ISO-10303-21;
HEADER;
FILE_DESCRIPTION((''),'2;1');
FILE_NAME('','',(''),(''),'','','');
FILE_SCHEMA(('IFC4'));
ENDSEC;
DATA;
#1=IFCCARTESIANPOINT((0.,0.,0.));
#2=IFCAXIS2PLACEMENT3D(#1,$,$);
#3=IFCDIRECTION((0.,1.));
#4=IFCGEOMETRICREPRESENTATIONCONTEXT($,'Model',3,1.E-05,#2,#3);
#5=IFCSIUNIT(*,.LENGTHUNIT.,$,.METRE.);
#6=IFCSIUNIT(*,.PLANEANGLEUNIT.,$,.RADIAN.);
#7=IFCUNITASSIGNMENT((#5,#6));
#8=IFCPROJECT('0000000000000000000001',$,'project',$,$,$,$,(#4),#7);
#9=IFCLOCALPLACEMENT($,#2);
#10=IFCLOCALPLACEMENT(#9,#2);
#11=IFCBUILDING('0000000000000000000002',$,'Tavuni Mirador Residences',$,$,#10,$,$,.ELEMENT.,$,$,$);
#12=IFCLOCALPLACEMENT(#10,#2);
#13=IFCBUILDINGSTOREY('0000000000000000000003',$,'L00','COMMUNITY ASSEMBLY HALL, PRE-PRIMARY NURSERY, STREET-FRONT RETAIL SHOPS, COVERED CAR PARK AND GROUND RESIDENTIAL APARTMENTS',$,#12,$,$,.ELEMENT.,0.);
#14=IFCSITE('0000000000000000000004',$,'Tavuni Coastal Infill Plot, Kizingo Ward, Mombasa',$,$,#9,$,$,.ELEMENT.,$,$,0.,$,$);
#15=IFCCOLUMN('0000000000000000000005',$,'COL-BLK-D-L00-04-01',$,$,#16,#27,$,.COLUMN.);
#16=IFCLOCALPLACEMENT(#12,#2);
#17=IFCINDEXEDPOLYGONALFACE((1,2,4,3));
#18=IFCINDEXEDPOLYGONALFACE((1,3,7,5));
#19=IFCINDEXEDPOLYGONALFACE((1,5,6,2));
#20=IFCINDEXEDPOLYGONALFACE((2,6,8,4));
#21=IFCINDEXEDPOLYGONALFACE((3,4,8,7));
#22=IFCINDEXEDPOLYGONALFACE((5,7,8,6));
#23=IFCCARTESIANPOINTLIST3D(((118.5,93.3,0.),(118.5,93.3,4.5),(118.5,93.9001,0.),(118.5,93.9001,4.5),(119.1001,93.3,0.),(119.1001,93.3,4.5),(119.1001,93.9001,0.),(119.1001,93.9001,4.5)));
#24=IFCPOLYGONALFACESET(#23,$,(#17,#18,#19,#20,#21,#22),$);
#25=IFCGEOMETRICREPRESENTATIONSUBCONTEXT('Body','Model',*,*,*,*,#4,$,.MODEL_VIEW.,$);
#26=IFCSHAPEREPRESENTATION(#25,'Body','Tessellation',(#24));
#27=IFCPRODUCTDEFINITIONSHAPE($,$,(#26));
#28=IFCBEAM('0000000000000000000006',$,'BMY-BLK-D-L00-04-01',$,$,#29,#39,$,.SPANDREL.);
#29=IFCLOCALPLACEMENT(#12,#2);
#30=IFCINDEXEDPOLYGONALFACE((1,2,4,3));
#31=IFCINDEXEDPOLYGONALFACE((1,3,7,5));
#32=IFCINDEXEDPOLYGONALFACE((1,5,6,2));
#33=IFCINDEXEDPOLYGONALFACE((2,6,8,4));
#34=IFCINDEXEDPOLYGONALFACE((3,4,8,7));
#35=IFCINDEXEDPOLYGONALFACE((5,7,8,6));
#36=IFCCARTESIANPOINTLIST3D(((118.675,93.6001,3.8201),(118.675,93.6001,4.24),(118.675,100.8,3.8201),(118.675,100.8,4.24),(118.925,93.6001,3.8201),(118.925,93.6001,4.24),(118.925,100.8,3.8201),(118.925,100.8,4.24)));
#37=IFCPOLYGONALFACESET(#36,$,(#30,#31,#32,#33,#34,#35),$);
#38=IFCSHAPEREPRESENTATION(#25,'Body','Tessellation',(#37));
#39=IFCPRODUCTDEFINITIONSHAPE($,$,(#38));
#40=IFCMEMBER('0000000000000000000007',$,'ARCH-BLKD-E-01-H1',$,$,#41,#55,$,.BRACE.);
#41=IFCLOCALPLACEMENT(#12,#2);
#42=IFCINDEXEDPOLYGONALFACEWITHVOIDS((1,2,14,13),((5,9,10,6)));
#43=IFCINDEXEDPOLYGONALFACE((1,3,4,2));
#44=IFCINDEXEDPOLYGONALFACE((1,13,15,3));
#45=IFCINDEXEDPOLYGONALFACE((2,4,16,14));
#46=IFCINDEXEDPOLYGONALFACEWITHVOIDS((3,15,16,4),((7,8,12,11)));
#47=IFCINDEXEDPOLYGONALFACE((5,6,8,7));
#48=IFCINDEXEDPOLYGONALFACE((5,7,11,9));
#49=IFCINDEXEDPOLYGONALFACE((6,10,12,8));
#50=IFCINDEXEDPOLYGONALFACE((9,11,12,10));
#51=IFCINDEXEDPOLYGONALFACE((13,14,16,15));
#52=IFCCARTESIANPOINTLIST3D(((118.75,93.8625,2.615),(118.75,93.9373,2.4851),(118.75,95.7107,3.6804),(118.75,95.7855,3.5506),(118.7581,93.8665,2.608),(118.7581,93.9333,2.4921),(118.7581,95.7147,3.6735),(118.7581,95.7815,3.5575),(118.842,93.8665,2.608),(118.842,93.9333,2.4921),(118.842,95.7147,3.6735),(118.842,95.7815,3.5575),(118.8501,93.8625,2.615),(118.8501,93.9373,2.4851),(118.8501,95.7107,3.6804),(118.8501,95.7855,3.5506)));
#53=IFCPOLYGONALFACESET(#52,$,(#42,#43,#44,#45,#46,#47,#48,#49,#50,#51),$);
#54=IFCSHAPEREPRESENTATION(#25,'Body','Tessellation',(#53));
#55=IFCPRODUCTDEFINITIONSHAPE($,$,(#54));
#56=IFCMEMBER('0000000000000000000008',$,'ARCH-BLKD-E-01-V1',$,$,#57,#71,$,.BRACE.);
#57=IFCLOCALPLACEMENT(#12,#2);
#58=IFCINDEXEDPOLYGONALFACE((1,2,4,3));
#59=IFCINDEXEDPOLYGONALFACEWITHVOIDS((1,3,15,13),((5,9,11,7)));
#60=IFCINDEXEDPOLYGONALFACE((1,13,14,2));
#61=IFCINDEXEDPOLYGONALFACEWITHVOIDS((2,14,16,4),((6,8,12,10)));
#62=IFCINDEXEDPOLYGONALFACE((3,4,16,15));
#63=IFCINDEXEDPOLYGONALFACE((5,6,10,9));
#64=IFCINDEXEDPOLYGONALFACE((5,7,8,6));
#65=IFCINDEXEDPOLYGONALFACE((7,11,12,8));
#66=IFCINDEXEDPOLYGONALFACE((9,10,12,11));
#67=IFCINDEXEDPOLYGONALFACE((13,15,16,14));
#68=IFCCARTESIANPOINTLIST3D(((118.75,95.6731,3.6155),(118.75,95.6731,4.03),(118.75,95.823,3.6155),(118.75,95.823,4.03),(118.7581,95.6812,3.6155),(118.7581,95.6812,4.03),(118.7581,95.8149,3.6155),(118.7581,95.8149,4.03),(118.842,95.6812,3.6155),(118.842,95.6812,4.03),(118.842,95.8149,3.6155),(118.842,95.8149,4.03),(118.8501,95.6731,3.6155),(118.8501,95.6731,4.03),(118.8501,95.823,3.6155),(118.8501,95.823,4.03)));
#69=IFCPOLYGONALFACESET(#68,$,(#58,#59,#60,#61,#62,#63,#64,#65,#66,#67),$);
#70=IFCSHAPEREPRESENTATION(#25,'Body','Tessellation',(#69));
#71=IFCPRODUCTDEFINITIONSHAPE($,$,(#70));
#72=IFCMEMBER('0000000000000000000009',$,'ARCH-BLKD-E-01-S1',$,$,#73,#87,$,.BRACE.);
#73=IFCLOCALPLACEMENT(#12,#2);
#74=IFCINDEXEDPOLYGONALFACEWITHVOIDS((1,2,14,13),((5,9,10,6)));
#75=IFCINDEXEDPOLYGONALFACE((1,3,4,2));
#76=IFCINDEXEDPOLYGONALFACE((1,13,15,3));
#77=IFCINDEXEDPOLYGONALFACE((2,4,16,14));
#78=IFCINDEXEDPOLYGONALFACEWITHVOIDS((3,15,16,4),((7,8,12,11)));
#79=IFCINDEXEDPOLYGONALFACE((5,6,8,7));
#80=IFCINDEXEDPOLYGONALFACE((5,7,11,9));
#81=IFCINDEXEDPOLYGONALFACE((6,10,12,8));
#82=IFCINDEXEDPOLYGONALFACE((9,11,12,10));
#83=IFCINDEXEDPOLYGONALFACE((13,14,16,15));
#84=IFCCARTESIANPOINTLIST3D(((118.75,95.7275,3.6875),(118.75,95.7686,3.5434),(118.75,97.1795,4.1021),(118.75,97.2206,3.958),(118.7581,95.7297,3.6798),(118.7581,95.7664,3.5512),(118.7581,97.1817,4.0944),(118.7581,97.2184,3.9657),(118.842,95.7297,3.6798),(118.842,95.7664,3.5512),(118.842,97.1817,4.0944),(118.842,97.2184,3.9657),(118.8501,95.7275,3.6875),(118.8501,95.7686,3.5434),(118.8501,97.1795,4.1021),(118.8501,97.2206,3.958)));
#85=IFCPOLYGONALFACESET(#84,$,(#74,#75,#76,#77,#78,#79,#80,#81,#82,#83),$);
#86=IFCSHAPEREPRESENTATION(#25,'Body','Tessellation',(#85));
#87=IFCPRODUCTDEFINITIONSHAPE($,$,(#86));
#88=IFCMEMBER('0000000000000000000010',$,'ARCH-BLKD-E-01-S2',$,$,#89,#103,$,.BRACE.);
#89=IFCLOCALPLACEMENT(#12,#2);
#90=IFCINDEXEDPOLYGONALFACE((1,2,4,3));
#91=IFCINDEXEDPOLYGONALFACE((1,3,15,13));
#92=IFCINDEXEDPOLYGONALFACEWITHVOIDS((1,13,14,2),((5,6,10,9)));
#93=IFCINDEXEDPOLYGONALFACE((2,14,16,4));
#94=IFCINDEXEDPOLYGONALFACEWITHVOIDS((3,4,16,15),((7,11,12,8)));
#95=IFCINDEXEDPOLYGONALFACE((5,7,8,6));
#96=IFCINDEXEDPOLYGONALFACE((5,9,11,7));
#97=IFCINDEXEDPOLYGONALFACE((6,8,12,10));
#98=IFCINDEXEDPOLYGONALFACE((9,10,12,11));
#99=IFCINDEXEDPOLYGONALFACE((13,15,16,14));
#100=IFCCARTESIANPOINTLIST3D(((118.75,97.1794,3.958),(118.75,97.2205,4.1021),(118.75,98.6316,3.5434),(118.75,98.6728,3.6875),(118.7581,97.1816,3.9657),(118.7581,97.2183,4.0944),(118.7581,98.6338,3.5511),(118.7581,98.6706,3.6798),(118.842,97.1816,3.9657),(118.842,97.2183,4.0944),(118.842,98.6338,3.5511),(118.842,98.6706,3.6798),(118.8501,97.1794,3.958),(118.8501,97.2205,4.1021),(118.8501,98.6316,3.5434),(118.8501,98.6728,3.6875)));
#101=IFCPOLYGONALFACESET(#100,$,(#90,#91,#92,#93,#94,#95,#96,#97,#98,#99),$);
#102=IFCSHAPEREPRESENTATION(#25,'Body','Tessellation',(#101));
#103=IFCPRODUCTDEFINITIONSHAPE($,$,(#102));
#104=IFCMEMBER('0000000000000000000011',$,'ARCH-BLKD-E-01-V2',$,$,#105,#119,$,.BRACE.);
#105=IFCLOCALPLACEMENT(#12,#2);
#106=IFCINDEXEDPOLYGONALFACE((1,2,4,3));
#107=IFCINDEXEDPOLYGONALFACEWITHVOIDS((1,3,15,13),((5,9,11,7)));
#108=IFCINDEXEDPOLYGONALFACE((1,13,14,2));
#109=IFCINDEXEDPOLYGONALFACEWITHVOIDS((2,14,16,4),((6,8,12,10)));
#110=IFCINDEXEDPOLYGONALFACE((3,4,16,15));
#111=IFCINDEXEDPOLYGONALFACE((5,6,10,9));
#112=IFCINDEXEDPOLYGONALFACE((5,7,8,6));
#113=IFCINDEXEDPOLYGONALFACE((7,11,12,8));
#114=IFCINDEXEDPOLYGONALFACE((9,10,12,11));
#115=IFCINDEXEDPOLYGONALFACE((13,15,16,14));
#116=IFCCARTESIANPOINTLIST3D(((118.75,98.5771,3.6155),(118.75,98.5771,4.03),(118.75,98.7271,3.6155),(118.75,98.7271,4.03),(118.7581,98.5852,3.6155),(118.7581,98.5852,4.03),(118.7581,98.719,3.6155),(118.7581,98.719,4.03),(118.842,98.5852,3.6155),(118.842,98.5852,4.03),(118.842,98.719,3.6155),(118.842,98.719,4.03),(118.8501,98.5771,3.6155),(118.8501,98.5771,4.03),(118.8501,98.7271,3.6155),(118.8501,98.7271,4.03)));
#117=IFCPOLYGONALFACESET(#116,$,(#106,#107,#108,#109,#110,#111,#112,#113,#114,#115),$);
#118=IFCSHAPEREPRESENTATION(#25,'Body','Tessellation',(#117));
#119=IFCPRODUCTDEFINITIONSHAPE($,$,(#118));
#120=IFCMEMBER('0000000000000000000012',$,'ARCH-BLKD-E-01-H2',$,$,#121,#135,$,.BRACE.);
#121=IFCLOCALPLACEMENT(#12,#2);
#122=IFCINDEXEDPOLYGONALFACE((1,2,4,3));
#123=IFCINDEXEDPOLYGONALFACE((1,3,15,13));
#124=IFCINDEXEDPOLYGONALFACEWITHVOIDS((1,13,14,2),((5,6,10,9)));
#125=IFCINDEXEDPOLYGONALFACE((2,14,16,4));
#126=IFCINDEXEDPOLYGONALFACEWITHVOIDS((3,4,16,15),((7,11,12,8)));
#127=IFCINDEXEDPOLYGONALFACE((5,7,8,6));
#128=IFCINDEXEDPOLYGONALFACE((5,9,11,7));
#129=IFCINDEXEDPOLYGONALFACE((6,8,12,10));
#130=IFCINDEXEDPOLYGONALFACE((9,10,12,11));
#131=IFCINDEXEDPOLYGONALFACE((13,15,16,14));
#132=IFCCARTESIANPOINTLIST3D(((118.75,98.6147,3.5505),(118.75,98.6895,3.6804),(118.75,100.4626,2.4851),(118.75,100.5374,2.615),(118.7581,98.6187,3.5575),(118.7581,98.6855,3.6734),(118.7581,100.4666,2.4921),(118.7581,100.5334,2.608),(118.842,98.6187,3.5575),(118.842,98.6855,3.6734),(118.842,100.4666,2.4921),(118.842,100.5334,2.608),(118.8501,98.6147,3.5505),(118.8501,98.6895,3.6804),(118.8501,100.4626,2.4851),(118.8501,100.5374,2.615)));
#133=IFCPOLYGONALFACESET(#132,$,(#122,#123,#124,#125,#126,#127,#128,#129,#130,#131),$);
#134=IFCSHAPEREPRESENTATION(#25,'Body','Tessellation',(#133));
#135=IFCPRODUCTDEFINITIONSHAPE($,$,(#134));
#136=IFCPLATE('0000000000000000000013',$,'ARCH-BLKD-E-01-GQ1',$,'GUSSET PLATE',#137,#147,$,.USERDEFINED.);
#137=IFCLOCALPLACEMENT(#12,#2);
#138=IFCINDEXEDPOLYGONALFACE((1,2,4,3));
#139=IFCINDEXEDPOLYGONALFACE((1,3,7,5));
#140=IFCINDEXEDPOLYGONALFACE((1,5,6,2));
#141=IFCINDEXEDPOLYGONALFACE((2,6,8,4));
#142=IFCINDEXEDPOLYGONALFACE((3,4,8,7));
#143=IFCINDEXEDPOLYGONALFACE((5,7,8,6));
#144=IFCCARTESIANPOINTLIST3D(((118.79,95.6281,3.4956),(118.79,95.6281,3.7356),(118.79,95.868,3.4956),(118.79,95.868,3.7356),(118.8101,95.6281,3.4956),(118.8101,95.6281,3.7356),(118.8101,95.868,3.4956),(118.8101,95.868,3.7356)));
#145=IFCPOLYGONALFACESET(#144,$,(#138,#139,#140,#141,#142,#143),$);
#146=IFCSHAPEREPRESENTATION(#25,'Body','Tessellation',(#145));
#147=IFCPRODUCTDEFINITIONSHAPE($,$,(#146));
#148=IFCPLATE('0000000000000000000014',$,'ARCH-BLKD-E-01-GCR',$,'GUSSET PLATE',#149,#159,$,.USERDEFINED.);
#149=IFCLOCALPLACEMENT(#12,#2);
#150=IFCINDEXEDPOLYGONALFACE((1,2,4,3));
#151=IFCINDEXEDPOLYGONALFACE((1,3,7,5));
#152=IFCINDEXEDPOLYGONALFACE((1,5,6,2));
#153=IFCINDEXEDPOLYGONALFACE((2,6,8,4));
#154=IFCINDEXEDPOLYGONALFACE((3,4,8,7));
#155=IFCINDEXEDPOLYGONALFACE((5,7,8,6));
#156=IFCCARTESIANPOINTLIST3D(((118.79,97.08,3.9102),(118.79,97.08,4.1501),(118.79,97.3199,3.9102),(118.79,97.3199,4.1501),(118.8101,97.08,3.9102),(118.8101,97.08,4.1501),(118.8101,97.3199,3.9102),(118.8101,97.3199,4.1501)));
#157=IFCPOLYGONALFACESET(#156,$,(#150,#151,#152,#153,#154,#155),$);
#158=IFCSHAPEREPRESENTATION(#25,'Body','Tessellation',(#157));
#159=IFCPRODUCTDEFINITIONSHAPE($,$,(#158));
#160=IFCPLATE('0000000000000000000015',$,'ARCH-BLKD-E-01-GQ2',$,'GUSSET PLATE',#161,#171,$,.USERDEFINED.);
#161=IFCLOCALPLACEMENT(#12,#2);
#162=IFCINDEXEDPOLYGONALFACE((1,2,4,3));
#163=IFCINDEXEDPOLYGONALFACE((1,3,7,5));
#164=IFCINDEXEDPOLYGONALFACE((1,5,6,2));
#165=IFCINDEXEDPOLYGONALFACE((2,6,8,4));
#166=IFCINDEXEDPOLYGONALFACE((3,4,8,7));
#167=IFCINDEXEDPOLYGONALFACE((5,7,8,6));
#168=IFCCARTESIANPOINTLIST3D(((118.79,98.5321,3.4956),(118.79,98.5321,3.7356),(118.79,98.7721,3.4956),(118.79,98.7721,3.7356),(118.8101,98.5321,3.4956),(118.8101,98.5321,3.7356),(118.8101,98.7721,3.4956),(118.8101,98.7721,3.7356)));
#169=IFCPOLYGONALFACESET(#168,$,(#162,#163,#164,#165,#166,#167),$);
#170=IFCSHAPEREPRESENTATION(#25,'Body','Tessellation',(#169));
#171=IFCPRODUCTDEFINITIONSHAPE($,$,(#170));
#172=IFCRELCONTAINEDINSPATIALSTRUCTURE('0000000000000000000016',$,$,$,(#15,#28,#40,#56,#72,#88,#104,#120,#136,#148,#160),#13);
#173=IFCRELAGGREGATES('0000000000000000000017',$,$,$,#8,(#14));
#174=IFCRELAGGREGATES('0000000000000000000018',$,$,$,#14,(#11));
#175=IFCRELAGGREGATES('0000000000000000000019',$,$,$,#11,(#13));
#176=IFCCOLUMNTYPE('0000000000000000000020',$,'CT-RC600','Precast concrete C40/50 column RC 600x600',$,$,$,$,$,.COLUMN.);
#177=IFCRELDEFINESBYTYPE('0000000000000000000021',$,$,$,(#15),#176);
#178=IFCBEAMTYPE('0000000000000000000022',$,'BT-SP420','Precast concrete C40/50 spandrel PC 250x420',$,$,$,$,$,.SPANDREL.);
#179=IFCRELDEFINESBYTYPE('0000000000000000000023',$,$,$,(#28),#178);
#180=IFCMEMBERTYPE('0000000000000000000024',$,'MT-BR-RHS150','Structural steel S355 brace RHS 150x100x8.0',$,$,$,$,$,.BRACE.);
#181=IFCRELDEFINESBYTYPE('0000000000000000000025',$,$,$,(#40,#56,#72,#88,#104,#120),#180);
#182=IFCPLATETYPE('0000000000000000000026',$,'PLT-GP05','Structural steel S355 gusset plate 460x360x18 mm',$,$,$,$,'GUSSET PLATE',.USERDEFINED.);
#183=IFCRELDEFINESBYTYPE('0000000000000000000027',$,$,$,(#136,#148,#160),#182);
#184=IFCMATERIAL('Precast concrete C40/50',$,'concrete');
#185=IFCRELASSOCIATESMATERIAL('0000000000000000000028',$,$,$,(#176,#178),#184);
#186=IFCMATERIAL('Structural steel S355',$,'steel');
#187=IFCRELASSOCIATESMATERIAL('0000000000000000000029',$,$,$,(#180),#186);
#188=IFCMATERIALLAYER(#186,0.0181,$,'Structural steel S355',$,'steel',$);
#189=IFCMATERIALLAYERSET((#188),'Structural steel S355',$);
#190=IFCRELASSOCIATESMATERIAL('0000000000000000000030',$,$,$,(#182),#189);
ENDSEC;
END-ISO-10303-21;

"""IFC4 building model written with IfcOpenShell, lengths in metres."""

from ifc_helpers import new_model, si_unit, direction, frame, origin, origin_2d, place, context, subcontext, project, spatial, rectangle, hollow_rectangle, extrude, material, layer, layer_set, material_profile, profile_set, type_object, element, save


model = new_model("IFC4")

# Units and contexts
model_context = context("Model", 3, precision=1e-05, world=origin(), true_north=direction((0.0, 1.0)))
body_context = subcontext(model_context, "Body", "Model", "MODEL_VIEW")
ifc_project = project(units=[si_unit("LENGTHUNIT", "METRE"), si_unit("PLANEANGLEUNIT", "RADIAN")], contexts=[model_context])

# Site, building, storey
site_placement = place(None, origin())
site = spatial("IfcSite", under=ifc_project, at=site_placement, Name="Tavuni Coastal Infill Plot, Kizingo Ward, Mombasa", CompositionType="ELEMENT", RefElevation=0.0)
building_placement = place(site_placement, origin())
building = spatial("IfcBuilding", under=site, at=building_placement, Name="Tavuni Mirador Residences", CompositionType="ELEMENT")
storey_placement = place(building_placement, origin())
storey = spatial("IfcBuildingStorey", under=building, at=storey_placement, Name="L00", Description="COMMUNITY ASSEMBLY HALL, PRE-PRIMARY NURSERY, STREET-FRONT RETAIL SHOPS, COVERED CAR PARK AND GROUND RESIDENTIAL APARTMENTS", CompositionType="ELEMENT", Elevation=0.0)

# Column
ifc_material_1 = material(Name="Precast concrete C40/50", Category="concrete")
ifc_material_profile_1 = material_profile(ifc_material_1, rectangle(XDim=0.6001, YDim=0.6001, at=origin_2d()), Name="RC 600x600", Category="concrete")
ifc_profile_set_1 = profile_set([ifc_material_profile_1], Name="Precast concrete C40/50")
column_type = type_object("IfcColumnType", Name="CT-RC600", Description="Precast concrete C40/50 column RC 600x600", PredefinedType="COLUMN", material=ifc_profile_set_1)
column_placement = place(storey_placement, frame((118.8, 93.6001, 0.0), z_axis=(0.0, 0.0, 1.0), x_axis=(1.0, 0.0, 0.0)))
element("IfcColumn", 1, at=column_placement, inside=storey, type_object=column_type, Name="COL-BLK-D-L00-04-01", PredefinedType="COLUMN", context=body_context, shape_type="SweptSolid", body=[
    extrude(rectangle(XDim=0.6001, YDim=0.6001, at=origin_2d()), origin(), (0.0, 0.0, 1.0), 4.5),
])

# Beam
ifc_material_profile_2 = material_profile(ifc_material_1, rectangle(XDim=0.25, YDim=0.4199, at=origin_2d()), Name="PC 250x420", Category="concrete")
ifc_profile_set_2 = profile_set([ifc_material_profile_2], Name="Precast concrete C40/50")
beam_type = type_object("IfcBeamType", Name="BT-SP420", Description="Precast concrete C40/50 spandrel PC 250x420", PredefinedType="SPANDREL", material=ifc_profile_set_2)
beam_placement = place(storey_placement, frame((118.8, 93.6001, 4.03), z_axis=(0.0, 1.0, 0.0), x_axis=(-1.0, 0.0, 0.0)))
element("IfcBeam", 2, at=beam_placement, inside=storey, type_object=beam_type, Name="BMY-BLK-D-L00-04-01", PredefinedType="SPANDREL", context=body_context, shape_type="SweptSolid", body=[
    extrude(rectangle(XDim=0.25, YDim=0.4199, at=origin_2d()), origin(), (0.0, 0.0, 1.0), 7.2),
])

# Members
ifc_material_2 = material(Name="Structural steel S355", Category="steel")
ifc_material_profile_3 = material_profile(ifc_material_2, hollow_rectangle(XDim=0.1001, YDim=0.1499, WallThickness=0.0081, at=origin_2d()), Name="RHS 150x100x8.0", Category="steel")
ifc_profile_set_3 = profile_set([ifc_material_profile_3], Name="Structural steel S355")
member_type = type_object("IfcMemberType", Name="MT-BR-RHS150", Description="Structural steel S355 brace RHS 150x100x8.0", PredefinedType="BRACE", material=ifc_profile_set_3)
member_1_placement = place(storey_placement, frame((118.8, 93.8999, 2.55), z_axis=(0.0, 0.866349, 0.499438), x_axis=(-1.0, 0.0, 0.0)))
element("IfcMember", 3, at=member_1_placement, inside=storey, type_object=member_type, Name="ARCH-BLKD-E-01-H1", PredefinedType="BRACE", context=body_context, shape_type="SweptSolid", body=[
    extrude(hollow_rectangle(XDim=0.1001, YDim=0.1499, WallThickness=0.0081, at=origin_2d()), origin(), (0.0, 0.0, 1.0), 2.1333),
])
member_2_placement = place(storey_placement, frame((118.8, 95.748, 3.6155), z_axis=(0.0, 0.0, 1.0), x_axis=(1.0, 0.0, 0.0)))
element("IfcMember", 4, at=member_2_placement, inside=storey, type_object=member_type, Name="ARCH-BLKD-E-01-V1", PredefinedType="BRACE", context=body_context, shape_type="SweptSolid", body=[
    extrude(hollow_rectangle(XDim=0.1001, YDim=0.1499, WallThickness=0.0081, at=origin_2d()), origin(), (0.0, 0.0, 1.0), 0.4146),
])
member_3_placement = place(storey_placement, frame((118.8, 95.748, 3.6155), z_axis=(0.0, 0.961573, 0.27455), x_axis=(-1.0, 0.0, 0.0)))
element("IfcMember", 5, at=member_3_placement, inside=storey, type_object=member_type, Name="ARCH-BLKD-E-01-S1", PredefinedType="BRACE", context=body_context, shape_type="SweptSolid", body=[
    extrude(hollow_rectangle(XDim=0.1001, YDim=0.1499, WallThickness=0.0081, at=origin_2d()), origin(), (0.0, 0.0, 1.0), 1.51),
])
member_4_placement = place(storey_placement, frame((118.8, 97.2, 4.03), z_axis=(0.0, 0.961585, -0.274508), x_axis=(-1.0, 0.0, 0.0)))
element("IfcMember", 6, at=member_4_placement, inside=storey, type_object=member_type, Name="ARCH-BLKD-E-01-S2", PredefinedType="BRACE", context=body_context, shape_type="SweptSolid", body=[
    extrude(hollow_rectangle(XDim=0.1001, YDim=0.1499, WallThickness=0.0081, at=origin_2d()), origin(), (0.0, 0.0, 1.0), 1.5103),
])
member_5_placement = place(storey_placement, frame((118.8, 98.6521, 3.6155), z_axis=(0.0, 0.0, 1.0), x_axis=(1.0, 0.0, 0.0)))
element("IfcMember", 7, at=member_5_placement, inside=storey, type_object=member_type, Name="ARCH-BLKD-E-01-V2", PredefinedType="BRACE", context=body_context, shape_type="SweptSolid", body=[
    extrude(hollow_rectangle(XDim=0.1001, YDim=0.1499, WallThickness=0.0081, at=origin_2d()), origin(), (0.0, 0.0, 1.0), 0.4146),
])
member_6_placement = place(storey_placement, frame((118.8, 98.6521, 3.6155), z_axis=(0.0, 0.866321, -0.499488), x_axis=(-1.0, 0.0, 0.0)))
element("IfcMember", 8, at=member_6_placement, inside=storey, type_object=member_type, Name="ARCH-BLKD-E-01-H2", PredefinedType="BRACE", context=body_context, shape_type="SweptSolid", body=[
    extrude(hollow_rectangle(XDim=0.1001, YDim=0.1499, WallThickness=0.0081, at=origin_2d()), origin(), (0.0, 0.0, 1.0), 2.1331),
])

# Plates
ifc_layer_1 = layer(ifc_material_2, 0.0181, Name="Structural steel S355", Category="steel")
ifc_layer_set_1 = layer_set([ifc_layer_1], Name="Structural steel S355")
plate_type = type_object("IfcPlateType", Name="PLT-GP05", Description="Structural steel S355 gusset plate 460x360x18 mm", ElementType="GUSSET PLATE", PredefinedType="USERDEFINED", material=ifc_layer_set_1)
for number, where, z_axis, x_axis, name in (
    (9, (118.8, 95.748, 3.4956), (0.0, 0.0, 1.0), (1.0, 0.0, 0.0), "ARCH-BLKD-E-01-GQ1"),
    (10, (118.8, 97.2, 3.9102), (0.0, 0.0, 1.0), (1.0, 0.0, 0.0), "ARCH-BLKD-E-01-GCR"),
    (11, (118.8, 98.6521, 3.4956), (0.0, 0.0, 1.0), (1.0, 0.0, 0.0), "ARCH-BLKD-E-01-GQ2"),
):
    element("IfcPlate", number, at=place(storey_placement, frame(where, z_axis=z_axis, x_axis=x_axis)), inside=storey, type_object=plate_type, Name=name, ObjectType="GUSSET PLATE", PredefinedType="USERDEFINED", context=body_context, shape_type="SweptSolid", body=[
        extrude(rectangle(XDim=0.02, YDim=0.24, at=origin_2d()), origin(), (0.0, 0.0, 1.0), 0.24),
    ])

save(model, "model.ifc")
